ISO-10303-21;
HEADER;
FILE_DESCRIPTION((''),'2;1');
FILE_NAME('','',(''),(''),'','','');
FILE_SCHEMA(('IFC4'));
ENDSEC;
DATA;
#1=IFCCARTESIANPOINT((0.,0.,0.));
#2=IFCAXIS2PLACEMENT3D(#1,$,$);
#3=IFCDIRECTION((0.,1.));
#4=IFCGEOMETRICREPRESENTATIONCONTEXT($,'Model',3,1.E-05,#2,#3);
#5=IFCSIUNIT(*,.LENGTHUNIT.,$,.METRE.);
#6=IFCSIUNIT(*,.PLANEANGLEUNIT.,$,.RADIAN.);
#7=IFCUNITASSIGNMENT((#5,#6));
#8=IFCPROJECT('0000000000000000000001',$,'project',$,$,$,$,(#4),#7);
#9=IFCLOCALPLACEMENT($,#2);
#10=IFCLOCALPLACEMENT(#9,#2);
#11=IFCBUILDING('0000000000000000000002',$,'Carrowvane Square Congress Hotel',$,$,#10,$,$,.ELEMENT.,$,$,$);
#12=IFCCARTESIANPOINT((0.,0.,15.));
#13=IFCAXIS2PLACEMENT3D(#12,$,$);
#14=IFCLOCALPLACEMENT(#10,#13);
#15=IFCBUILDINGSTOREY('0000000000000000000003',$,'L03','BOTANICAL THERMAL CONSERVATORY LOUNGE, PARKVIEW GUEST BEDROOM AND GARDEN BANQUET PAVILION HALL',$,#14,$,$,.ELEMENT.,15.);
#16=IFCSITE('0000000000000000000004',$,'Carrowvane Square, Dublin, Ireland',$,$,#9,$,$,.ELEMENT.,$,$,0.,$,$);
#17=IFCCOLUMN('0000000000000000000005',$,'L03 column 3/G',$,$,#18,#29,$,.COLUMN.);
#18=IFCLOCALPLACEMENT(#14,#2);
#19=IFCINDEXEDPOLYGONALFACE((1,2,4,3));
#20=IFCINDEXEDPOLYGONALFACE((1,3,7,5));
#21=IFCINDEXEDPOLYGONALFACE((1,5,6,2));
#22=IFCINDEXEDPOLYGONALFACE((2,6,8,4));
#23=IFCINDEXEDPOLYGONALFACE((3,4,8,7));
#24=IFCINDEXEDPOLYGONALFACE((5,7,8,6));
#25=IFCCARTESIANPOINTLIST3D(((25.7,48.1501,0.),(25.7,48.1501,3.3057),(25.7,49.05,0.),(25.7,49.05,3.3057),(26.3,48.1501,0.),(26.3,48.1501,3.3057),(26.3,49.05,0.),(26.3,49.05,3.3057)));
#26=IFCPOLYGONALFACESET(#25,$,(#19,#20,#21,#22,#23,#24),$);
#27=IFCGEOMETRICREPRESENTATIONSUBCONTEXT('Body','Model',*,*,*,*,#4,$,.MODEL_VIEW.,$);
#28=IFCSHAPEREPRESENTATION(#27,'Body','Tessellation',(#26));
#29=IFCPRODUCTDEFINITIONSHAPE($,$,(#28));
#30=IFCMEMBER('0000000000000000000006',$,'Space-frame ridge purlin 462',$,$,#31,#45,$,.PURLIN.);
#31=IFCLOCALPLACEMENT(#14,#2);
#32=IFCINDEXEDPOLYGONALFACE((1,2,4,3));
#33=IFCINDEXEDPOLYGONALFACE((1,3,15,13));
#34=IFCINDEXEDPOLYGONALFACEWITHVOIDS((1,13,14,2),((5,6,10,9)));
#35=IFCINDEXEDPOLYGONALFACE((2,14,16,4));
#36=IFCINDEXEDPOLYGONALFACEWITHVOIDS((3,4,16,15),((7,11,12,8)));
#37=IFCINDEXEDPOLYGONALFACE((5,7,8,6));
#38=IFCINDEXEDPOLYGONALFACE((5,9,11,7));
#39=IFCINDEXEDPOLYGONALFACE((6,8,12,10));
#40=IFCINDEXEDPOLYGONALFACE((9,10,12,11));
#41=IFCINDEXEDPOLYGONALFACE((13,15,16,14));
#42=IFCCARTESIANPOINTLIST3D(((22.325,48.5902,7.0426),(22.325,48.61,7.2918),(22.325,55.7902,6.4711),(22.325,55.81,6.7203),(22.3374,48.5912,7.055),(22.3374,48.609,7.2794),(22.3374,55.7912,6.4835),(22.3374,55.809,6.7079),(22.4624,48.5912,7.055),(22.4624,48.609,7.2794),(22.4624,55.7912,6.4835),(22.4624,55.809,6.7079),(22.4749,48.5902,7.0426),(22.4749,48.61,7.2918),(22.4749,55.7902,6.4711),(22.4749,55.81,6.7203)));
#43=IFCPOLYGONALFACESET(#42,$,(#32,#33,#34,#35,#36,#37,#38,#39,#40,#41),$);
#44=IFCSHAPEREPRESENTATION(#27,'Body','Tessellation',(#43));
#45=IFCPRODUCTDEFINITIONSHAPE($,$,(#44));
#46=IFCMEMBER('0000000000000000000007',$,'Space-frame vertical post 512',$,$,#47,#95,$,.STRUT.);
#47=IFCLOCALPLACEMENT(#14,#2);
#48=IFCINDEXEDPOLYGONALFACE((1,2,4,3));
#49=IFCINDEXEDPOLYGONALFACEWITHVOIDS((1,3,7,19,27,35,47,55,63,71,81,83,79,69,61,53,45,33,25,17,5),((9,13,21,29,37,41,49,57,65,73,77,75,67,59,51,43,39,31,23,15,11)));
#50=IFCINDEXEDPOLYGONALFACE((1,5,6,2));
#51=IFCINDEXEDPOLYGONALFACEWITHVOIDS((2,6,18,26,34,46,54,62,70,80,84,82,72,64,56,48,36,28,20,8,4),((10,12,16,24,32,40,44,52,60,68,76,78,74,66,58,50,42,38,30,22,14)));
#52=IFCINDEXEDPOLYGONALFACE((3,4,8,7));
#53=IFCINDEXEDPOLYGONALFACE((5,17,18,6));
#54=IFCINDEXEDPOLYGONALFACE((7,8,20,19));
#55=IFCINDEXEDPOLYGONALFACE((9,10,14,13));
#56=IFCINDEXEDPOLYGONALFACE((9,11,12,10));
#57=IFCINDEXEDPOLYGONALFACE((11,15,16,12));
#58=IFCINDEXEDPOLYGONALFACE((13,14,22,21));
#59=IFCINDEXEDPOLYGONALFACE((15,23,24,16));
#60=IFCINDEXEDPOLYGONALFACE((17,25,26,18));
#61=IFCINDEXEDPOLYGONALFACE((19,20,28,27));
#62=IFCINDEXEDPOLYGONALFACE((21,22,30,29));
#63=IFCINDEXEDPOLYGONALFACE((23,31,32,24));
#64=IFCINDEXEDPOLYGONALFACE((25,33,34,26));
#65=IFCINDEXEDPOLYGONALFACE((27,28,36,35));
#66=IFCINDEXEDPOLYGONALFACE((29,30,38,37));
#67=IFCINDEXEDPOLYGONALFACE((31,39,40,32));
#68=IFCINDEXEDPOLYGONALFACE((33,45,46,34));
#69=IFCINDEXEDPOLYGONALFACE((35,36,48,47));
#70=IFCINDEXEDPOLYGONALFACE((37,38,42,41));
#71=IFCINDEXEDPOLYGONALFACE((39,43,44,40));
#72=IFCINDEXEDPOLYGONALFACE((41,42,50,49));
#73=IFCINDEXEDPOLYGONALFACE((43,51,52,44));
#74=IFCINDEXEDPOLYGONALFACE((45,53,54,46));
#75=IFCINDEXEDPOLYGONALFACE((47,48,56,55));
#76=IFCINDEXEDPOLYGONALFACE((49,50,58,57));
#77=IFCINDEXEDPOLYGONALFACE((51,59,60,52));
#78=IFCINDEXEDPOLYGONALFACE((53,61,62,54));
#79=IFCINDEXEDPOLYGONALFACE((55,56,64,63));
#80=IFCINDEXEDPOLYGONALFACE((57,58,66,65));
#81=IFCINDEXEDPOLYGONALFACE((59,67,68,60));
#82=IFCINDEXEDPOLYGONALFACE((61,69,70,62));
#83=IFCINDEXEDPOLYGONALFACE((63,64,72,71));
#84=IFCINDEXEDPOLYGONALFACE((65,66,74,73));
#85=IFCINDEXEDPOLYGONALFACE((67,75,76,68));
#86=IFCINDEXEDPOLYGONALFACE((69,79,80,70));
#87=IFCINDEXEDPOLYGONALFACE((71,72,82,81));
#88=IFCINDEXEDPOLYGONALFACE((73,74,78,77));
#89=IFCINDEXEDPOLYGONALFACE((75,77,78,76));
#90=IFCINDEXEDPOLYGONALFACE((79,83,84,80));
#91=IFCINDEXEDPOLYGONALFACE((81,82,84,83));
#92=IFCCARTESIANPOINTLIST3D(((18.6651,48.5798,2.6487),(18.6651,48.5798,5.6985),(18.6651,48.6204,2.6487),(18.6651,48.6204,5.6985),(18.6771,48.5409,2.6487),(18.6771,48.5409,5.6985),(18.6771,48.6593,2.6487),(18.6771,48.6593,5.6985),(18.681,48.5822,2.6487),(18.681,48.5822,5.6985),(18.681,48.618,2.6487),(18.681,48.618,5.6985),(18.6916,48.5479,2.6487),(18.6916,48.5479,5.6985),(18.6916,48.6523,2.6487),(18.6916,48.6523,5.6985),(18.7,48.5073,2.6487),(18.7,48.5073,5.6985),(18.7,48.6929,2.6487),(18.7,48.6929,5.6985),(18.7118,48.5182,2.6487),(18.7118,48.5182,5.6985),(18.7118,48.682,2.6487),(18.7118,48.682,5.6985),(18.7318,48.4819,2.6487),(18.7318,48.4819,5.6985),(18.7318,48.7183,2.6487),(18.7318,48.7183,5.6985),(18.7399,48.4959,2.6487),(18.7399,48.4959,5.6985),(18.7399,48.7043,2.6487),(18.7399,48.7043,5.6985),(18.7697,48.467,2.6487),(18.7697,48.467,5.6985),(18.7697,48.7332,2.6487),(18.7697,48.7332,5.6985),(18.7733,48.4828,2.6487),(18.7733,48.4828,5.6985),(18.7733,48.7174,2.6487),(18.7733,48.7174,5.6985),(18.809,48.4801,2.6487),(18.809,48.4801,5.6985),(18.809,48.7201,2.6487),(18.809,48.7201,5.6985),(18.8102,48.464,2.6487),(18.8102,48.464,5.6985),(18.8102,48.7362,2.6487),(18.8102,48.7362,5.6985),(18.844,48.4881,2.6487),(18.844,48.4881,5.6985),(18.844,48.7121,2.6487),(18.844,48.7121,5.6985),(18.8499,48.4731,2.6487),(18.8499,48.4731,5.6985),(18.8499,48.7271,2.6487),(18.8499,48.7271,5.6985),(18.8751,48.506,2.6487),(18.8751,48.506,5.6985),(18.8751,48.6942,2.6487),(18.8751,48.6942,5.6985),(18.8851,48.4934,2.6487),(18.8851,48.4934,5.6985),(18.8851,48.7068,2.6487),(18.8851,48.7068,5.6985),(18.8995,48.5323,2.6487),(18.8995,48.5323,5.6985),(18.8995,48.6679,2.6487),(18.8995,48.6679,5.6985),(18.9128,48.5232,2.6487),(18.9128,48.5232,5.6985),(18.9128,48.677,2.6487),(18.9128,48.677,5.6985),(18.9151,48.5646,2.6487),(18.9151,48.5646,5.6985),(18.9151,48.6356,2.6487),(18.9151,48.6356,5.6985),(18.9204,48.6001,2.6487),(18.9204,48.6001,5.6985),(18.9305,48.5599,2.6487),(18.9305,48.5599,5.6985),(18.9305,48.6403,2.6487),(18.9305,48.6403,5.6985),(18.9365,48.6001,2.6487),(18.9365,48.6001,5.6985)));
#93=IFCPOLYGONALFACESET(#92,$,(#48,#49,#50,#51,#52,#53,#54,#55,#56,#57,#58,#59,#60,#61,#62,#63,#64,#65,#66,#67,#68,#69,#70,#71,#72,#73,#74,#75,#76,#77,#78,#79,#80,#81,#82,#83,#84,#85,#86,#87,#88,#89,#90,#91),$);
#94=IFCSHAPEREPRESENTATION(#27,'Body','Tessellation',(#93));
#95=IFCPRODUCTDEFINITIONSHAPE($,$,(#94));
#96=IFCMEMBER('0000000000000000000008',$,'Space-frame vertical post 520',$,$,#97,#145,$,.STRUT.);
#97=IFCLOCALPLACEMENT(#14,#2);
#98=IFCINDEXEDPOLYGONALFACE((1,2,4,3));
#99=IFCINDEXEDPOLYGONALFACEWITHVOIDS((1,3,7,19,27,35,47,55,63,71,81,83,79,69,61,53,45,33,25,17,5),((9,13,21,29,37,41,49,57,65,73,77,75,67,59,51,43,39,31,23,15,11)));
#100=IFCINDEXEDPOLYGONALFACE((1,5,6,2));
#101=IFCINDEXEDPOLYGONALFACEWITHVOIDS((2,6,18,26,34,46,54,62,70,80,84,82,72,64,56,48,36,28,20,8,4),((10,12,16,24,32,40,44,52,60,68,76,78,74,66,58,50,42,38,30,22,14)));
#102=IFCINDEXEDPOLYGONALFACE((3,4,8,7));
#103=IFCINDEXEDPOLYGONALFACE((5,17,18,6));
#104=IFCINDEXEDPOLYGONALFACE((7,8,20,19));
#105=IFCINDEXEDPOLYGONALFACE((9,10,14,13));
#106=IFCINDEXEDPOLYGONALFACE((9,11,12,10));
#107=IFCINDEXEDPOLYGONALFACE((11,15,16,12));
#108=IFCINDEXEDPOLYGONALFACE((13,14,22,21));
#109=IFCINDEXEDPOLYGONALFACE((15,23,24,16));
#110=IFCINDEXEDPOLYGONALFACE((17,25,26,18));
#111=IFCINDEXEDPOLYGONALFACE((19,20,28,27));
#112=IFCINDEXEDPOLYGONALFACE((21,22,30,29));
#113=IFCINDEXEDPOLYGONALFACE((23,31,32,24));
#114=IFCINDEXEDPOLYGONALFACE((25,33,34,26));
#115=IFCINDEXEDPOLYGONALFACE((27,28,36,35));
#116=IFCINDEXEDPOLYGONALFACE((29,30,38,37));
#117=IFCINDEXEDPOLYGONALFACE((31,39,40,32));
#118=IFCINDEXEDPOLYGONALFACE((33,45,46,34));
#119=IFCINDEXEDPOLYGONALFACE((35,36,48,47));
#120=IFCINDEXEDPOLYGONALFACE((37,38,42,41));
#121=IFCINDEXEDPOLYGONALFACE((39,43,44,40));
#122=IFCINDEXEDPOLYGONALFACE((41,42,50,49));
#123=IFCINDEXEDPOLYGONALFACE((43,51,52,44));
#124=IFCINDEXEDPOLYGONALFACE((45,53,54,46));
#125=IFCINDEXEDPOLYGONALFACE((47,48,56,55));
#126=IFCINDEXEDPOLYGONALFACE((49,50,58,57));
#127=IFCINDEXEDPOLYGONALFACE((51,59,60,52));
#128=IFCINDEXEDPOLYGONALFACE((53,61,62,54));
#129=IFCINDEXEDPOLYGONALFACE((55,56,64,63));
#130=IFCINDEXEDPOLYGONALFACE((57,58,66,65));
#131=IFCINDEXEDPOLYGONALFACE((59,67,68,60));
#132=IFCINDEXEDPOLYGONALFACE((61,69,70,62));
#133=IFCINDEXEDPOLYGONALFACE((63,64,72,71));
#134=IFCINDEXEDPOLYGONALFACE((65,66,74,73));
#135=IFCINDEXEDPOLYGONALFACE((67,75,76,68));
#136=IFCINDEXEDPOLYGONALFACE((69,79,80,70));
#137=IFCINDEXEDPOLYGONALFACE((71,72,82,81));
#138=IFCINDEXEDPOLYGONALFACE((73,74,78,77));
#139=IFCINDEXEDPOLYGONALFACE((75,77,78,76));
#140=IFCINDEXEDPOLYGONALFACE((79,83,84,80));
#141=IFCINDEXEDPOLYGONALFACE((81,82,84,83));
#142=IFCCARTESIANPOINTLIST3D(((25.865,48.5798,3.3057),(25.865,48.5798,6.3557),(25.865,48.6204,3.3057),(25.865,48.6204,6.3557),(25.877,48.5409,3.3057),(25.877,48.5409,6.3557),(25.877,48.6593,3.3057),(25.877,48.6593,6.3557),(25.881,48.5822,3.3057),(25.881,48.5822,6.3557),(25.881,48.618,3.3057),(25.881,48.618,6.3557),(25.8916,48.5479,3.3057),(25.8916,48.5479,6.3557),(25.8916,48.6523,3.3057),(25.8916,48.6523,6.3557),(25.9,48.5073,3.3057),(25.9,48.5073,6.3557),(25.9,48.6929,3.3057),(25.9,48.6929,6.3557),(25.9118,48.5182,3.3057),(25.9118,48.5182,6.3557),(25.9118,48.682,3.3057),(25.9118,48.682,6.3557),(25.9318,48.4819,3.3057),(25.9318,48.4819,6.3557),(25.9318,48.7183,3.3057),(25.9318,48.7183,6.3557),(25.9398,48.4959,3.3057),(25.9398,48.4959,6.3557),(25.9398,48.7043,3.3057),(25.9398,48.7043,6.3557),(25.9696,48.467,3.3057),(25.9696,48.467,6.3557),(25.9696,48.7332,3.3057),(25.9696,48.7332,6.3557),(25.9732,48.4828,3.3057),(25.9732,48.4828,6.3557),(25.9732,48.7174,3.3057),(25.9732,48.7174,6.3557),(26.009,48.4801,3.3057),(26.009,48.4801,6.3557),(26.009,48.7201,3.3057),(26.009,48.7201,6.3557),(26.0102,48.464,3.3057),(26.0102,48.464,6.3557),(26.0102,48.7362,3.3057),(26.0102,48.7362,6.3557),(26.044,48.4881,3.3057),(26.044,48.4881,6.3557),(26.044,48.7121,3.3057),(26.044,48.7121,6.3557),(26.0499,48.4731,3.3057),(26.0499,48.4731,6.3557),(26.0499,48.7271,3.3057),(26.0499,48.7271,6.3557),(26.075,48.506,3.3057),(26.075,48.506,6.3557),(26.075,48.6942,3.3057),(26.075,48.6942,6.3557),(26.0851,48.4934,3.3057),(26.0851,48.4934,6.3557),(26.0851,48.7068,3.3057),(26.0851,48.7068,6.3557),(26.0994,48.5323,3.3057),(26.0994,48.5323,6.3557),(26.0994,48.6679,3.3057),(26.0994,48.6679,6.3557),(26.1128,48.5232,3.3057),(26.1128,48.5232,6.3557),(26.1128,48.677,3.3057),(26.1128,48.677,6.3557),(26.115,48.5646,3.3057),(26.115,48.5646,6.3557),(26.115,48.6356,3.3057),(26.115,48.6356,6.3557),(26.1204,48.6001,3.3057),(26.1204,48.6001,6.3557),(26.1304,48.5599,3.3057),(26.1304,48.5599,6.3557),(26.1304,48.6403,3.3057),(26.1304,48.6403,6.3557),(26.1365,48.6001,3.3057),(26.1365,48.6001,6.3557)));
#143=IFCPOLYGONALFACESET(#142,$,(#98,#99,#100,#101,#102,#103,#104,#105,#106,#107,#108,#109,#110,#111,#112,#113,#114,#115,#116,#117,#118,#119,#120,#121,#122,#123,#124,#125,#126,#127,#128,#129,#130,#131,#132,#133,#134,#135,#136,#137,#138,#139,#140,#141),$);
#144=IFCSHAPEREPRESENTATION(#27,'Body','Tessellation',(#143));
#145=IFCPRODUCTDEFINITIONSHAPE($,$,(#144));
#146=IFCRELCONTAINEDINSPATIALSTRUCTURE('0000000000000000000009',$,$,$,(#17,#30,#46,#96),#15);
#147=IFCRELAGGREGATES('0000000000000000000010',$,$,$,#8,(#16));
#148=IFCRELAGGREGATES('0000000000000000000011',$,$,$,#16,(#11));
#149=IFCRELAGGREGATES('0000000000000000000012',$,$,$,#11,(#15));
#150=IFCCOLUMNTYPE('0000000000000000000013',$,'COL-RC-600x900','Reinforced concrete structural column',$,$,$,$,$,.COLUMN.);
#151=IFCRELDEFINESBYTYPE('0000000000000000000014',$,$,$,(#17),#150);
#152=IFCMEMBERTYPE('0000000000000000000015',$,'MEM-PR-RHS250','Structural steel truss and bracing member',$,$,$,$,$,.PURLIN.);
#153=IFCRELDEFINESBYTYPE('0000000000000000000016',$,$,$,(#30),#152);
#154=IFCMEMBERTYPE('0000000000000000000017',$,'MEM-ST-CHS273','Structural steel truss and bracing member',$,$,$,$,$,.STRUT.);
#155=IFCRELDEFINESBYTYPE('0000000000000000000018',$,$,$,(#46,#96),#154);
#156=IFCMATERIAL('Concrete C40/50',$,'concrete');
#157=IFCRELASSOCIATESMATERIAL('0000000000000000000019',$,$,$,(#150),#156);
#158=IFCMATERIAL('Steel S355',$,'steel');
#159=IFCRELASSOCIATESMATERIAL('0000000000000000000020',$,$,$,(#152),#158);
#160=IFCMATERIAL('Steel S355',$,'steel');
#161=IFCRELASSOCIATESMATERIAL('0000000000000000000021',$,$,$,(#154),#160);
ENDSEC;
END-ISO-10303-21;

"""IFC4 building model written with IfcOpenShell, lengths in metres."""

from ifc_helpers import new_model, si_unit, direction, frame, origin, origin_2d, place, context, subcontext, project, spatial, rectangle, hollow_rectangle, hollow_circle, extrude, material, material_profile, profile_set, type_object, element, save


model = new_model("IFC4")

# Units and contexts
model_context = context("Model", 3, precision=1e-05, world=origin(), true_north=direction((0.0, 1.0)))
body_context = subcontext(model_context, "Body", "Model", "MODEL_VIEW")
ifc_project = project(units=[si_unit("LENGTHUNIT", "METRE"), si_unit("PLANEANGLEUNIT", "RADIAN")], contexts=[model_context])

# Site, building, storey
site_placement = place(None, origin())
site = spatial("IfcSite", under=ifc_project, at=site_placement, Name="Carrowvane Square, Dublin, Ireland", CompositionType="ELEMENT", RefElevation=0.0)
building_placement = place(site_placement, origin())
building = spatial("IfcBuilding", under=site, at=building_placement, Name="Carrowvane Square Congress Hotel", CompositionType="ELEMENT")
storey_placement = place(building_placement, frame((0.0, 0.0, 15.0)))
storey = spatial("IfcBuildingStorey", under=building, at=storey_placement, Name="L03", Description="BOTANICAL THERMAL CONSERVATORY LOUNGE, PARKVIEW GUEST BEDROOM AND GARDEN BANQUET PAVILION HALL", CompositionType="ELEMENT", Elevation=15.0)

# Column
ifc_material_1 = material(Name="Concrete C40/50", Category="concrete")
ifc_material_profile_1 = material_profile(ifc_material_1, rectangle(XDim=0.6001, YDim=0.8999, at=origin_2d()), Name="RC 600x900")
ifc_profile_set_1 = profile_set([ifc_material_profile_1], Name="Concrete C40/50")
column_type = type_object("IfcColumnType", Name="COL-RC-600x900", Description="Reinforced concrete structural column", PredefinedType="COLUMN", material=ifc_profile_set_1)
column_placement = place(storey_placement, frame((26.0, 48.6001, 0.0), z_axis=(0.0, 0.0, 1.0), x_axis=(1.0, 0.0, 0.0)))
element("IfcColumn", 1, at=column_placement, inside=storey, type_object=column_type, Name="L03 column 3/G", PredefinedType="COLUMN", context=body_context, shape_type="SweptSolid", body=[
    extrude(rectangle(XDim=0.6001, YDim=0.8999, at=origin_2d()), origin(), (0.0, 0.0, 1.0), 3.3057),
])

# Members
ifc_material_2 = material(Name="Steel S355", Category="steel")
ifc_material_profile_2 = material_profile(ifc_material_2, hollow_rectangle(XDim=0.1499, YDim=0.25, WallThickness=0.0125, at=origin_2d()), Name="RHS 250x150x12.5")
ifc_profile_set_2 = profile_set([ifc_material_profile_2], Name="Steel S355")
member_type_1 = type_object("IfcMemberType", Name="MEM-PR-RHS250", Description="Structural steel truss and bracing member", PredefinedType="PURLIN", material=ifc_profile_set_2)
member_1_placement = place(storey_placement, frame((22.3999, 48.6001, 7.1672), z_axis=(0.0, 0.996864, -0.079131), x_axis=(-1.0, 0.0, 0.0)))
element("IfcMember", 2, at=member_1_placement, inside=storey, type_object=member_type_1, Name="Space-frame ridge purlin 462", PredefinedType="PURLIN", context=body_context, shape_type="SweptSolid", body=[
    extrude(hollow_rectangle(XDim=0.1499, YDim=0.25, WallThickness=0.0125, at=origin_2d()), origin(), (0.0, 0.0, 1.0), 7.2227),
])
ifc_material_3 = material(Name="Steel S355", Category="steel")
ifc_material_profile_3 = material_profile(ifc_material_3, hollow_circle(Radius=0.1365, WallThickness=0.0161, at=origin_2d()), Name="CHS 273.0x16")
ifc_profile_set_3 = profile_set([ifc_material_profile_3], Name="Steel S355")
member_type_2 = type_object("IfcMemberType", Name="MEM-ST-CHS273", Description="Structural steel truss and bracing member", PredefinedType="STRUT", material=ifc_profile_set_3)
member_2_placement = place(storey_placement, frame((18.8, 48.6001, 2.6487), z_axis=(0.0, 0.0, 1.0), x_axis=(1.0, 0.0, 0.0)))
element("IfcMember", 3, at=member_2_placement, inside=storey, type_object=member_type_2, Name="Space-frame vertical post 512", PredefinedType="STRUT", context=body_context, shape_type="SweptSolid", body=[
    extrude(hollow_circle(Radius=0.1365, WallThickness=0.0161, at=origin_2d()), origin(), (0.0, 0.0, 1.0), 3.0498),
])
member_3_placement = place(storey_placement, frame((26.0, 48.6001, 3.3057), z_axis=(0.0, 0.0, 1.0), x_axis=(1.0, 0.0, 0.0)))
element("IfcMember", 4, at=member_3_placement, inside=storey, type_object=member_type_2, Name="Space-frame vertical post 520", PredefinedType="STRUT", context=body_context, shape_type="SweptSolid", body=[
    extrude(hollow_circle(Radius=0.1365, WallThickness=0.0161, at=origin_2d()), origin(), (0.0, 0.0, 1.0), 3.05),
])

save(model, "model.ifc")
